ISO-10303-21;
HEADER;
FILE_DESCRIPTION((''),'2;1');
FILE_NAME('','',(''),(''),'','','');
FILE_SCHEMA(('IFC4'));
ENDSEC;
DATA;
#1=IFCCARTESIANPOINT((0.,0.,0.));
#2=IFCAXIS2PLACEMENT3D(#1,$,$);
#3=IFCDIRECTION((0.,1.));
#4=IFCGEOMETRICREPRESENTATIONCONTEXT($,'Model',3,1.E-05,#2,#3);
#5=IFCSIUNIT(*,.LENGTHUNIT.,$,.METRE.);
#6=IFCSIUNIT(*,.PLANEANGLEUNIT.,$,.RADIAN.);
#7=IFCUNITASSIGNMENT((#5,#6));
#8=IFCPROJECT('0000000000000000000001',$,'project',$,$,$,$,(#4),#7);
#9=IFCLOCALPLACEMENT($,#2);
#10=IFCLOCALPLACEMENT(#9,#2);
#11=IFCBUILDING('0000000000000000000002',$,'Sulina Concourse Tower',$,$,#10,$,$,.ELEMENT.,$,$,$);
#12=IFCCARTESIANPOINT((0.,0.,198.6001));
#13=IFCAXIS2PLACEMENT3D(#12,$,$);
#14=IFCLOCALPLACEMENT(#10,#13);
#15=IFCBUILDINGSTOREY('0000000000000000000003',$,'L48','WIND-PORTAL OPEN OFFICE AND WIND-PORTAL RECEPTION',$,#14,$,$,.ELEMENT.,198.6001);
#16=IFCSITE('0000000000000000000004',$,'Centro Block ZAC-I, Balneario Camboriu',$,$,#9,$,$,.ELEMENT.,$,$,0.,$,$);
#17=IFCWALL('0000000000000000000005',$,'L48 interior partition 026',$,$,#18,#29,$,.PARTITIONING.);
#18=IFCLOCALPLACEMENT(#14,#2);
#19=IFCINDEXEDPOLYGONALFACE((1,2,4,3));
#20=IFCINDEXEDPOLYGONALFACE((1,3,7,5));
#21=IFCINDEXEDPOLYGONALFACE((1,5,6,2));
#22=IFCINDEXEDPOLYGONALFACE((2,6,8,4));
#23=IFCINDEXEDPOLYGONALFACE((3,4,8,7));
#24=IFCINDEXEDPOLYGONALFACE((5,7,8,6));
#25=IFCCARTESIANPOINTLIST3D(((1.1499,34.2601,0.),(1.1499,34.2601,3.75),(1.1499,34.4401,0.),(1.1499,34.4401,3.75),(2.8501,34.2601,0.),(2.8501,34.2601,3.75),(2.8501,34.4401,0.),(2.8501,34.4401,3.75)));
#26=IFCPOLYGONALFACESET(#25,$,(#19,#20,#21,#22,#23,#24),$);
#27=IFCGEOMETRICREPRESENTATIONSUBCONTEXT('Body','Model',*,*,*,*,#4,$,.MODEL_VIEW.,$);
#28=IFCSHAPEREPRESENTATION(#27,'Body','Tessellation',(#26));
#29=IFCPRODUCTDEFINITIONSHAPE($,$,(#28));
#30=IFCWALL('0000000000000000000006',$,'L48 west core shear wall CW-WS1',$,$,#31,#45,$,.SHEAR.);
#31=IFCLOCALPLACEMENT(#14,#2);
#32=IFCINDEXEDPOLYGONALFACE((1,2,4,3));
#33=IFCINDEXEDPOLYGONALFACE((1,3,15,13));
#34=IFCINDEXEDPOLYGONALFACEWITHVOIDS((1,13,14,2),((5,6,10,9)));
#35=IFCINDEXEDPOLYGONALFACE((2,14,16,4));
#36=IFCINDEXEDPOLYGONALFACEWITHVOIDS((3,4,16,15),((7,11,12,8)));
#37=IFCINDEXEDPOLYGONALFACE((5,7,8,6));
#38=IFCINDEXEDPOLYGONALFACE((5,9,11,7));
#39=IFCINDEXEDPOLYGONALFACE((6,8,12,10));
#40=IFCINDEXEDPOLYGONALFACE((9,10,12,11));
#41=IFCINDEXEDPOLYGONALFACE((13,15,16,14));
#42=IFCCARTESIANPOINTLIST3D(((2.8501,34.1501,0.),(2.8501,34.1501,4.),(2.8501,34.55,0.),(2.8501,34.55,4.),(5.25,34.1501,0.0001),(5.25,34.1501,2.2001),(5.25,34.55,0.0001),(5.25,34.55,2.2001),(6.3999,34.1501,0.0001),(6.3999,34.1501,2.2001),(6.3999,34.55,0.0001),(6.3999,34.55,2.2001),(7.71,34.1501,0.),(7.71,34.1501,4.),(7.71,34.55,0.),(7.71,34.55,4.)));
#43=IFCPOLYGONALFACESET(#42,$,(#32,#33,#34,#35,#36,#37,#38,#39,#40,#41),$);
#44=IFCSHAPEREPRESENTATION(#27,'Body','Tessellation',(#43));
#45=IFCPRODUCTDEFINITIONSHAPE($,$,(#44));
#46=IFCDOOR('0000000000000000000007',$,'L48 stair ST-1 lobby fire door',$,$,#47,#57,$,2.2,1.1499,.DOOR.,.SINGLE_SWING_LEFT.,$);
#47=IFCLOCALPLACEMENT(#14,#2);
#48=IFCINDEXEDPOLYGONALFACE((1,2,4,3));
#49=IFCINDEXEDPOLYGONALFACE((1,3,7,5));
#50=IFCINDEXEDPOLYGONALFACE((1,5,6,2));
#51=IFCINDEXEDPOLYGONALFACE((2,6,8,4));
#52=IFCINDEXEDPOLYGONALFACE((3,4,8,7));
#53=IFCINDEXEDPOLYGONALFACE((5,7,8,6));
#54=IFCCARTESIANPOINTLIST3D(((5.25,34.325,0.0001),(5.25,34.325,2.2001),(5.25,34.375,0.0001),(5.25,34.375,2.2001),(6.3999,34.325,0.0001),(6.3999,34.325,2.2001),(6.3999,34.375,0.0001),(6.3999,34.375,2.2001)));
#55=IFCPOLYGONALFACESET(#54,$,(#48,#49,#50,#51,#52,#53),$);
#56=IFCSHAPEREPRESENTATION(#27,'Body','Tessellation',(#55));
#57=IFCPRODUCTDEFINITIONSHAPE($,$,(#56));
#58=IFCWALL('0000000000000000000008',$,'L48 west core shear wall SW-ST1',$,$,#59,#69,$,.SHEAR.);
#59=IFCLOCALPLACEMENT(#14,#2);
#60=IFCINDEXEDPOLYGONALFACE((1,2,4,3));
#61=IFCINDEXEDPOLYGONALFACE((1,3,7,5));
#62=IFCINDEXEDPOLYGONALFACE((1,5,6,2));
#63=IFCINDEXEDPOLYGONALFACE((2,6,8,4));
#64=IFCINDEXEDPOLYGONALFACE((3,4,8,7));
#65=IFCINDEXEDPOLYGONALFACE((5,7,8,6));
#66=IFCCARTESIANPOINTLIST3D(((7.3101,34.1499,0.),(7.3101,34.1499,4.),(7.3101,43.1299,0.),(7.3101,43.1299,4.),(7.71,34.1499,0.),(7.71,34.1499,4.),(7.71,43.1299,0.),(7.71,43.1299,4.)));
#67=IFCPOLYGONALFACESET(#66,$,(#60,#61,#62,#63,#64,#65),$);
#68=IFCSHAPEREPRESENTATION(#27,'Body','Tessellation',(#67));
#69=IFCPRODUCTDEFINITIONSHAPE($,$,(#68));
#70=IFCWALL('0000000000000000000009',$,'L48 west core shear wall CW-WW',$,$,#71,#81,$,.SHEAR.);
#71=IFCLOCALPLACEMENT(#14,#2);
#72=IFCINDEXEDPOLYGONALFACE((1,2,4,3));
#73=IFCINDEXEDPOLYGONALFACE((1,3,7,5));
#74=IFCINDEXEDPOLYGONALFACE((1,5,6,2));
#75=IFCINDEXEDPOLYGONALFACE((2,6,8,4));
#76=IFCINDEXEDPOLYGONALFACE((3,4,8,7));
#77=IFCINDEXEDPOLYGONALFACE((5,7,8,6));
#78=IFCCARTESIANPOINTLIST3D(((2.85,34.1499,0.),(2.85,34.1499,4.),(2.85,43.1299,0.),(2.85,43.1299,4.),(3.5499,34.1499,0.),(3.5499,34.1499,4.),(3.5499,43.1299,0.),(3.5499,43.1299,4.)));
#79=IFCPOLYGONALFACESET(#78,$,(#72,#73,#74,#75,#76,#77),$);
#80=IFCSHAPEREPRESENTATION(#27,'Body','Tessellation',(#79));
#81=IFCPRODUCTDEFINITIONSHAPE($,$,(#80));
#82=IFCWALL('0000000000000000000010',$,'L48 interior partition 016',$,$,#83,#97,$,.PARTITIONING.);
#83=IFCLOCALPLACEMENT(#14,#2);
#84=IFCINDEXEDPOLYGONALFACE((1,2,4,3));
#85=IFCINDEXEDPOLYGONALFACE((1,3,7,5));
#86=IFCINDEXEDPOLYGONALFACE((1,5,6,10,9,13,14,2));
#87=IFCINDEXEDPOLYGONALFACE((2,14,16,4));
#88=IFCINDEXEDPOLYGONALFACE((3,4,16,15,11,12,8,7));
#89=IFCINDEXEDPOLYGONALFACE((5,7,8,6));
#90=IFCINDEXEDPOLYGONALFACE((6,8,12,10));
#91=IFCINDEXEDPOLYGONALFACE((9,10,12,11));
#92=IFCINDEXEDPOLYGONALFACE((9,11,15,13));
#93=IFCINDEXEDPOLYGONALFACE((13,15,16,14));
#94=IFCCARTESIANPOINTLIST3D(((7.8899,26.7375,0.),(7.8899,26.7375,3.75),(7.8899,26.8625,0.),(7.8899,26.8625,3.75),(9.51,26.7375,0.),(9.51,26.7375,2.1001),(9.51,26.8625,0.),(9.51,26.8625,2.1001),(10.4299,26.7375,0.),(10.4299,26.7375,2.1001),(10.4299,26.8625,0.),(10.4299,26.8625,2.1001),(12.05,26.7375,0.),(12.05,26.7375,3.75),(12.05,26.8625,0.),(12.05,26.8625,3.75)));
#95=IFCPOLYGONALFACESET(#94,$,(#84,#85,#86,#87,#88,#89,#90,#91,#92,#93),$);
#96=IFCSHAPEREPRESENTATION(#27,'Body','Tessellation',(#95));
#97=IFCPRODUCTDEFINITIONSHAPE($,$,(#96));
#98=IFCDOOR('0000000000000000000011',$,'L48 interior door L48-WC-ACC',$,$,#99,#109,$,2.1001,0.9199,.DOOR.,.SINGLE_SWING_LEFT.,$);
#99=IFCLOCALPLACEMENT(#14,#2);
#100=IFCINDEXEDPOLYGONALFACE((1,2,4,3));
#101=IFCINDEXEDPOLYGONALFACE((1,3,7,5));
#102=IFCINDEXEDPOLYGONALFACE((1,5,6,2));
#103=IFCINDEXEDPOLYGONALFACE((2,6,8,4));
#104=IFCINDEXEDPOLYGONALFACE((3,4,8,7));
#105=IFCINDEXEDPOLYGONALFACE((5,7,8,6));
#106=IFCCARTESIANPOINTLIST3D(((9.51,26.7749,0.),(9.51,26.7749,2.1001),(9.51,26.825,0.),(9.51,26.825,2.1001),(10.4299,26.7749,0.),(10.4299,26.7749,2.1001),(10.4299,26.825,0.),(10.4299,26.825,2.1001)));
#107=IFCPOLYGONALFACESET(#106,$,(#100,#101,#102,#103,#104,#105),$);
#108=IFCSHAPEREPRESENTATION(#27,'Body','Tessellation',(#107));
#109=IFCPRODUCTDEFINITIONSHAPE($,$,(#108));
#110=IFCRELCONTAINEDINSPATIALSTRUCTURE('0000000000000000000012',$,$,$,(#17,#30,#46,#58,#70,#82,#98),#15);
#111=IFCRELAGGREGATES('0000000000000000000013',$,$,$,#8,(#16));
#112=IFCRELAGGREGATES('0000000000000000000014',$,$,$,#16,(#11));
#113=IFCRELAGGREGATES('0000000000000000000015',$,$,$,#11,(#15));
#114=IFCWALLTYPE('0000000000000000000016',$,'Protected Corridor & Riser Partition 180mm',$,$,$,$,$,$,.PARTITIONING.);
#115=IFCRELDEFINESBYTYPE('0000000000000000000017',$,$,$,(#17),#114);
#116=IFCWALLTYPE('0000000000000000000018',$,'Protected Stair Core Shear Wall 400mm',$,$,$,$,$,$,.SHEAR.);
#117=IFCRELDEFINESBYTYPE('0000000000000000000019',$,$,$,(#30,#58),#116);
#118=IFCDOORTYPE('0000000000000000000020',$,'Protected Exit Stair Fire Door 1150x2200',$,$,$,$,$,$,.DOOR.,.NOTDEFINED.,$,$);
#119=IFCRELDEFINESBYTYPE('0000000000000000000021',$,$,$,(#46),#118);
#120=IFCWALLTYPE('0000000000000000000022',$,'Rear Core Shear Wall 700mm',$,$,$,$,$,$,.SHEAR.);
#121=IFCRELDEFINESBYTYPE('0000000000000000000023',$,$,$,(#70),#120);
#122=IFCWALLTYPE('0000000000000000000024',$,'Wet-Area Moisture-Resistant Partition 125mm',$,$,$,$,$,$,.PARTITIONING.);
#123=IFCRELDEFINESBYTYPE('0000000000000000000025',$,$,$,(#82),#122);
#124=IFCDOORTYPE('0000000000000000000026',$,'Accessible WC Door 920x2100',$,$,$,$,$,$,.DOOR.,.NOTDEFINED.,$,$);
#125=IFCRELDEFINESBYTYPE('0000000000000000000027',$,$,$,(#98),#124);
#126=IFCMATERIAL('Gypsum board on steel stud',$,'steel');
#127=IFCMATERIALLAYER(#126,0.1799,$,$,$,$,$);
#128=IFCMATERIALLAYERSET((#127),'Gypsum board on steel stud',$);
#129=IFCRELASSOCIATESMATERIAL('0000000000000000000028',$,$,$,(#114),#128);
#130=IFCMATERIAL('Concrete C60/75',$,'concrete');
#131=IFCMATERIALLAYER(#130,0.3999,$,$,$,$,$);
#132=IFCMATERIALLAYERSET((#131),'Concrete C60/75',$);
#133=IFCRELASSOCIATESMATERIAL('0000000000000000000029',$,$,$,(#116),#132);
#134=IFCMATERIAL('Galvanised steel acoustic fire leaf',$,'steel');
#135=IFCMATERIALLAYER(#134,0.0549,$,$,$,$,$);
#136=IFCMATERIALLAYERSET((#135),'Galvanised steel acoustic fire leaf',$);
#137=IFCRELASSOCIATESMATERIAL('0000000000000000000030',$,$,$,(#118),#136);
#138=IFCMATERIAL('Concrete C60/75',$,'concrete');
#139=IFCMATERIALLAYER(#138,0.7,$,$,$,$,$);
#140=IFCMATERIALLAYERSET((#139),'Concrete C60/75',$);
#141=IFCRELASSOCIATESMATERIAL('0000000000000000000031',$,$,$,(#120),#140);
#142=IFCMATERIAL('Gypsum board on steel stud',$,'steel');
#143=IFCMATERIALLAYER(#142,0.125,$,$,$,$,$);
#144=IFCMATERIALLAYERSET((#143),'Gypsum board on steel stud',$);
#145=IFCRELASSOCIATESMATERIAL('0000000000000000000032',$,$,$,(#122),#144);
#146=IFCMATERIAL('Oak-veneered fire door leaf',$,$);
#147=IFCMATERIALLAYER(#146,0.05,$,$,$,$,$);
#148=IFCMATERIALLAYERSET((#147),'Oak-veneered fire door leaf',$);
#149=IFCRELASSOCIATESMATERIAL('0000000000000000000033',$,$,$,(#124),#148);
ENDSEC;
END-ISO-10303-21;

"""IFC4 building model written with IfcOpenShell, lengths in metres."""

from ifc_helpers import new_model, si_unit, direction, frame, frame_2d, origin, place, context, subcontext, project, spatial, rectangle, extrude, material, layer, layer_set, type_object, element, fill, save


model = new_model("IFC4")

# Units and contexts
model_context = context("Model", 3, precision=1e-05, world=origin(), true_north=direction((0.0, 1.0)))
body_context = subcontext(model_context, "Body", "Model", "MODEL_VIEW")
ifc_project = project(units=[si_unit("LENGTHUNIT", "METRE"), si_unit("PLANEANGLEUNIT", "RADIAN")], contexts=[model_context])

# Site, building, storey
site_placement = place(None, origin())
site = spatial("IfcSite", under=ifc_project, at=site_placement, Name="Centro Block ZAC-I, Balneario Camboriu", CompositionType="ELEMENT", RefElevation=0.0)
building_placement = place(site_placement, origin())
building = spatial("IfcBuilding", under=site, at=building_placement, Name="Sulina Concourse Tower", CompositionType="ELEMENT")
storey_placement = place(building_placement, frame((0.0, 0.0, 198.6001)))
storey = spatial("IfcBuildingStorey", under=building, at=storey_placement, Name="L48", Description="WIND-PORTAL OPEN OFFICE AND WIND-PORTAL RECEPTION", CompositionType="ELEMENT", Elevation=198.6001)

# Wall
ifc_material_1 = material(Name="Gypsum board on steel stud", Category="steel")
ifc_layer_1 = layer(ifc_material_1, 0.1799)
ifc_layer_set_1 = layer_set([ifc_layer_1], Name="Gypsum board on steel stud")
wall_type_1 = type_object("IfcWallType", Name="Protected Corridor & Riser Partition 180mm", PredefinedType="PARTITIONING", material=ifc_layer_set_1)
wall_1_placement = place(storey_placement, frame((1.1499, 34.3501, 0.0), z_axis=(0.0, 0.0, 1.0), x_axis=(1.0, 0.0, 0.0)))
element("IfcWall", 1, at=wall_1_placement, inside=storey, type_object=wall_type_1, Name="L48 interior partition 026", PredefinedType="PARTITIONING", context=body_context, shape_type="SweptSolid", body=[
    extrude(rectangle(XDim=1.7002, YDim=0.1799, at=frame_2d((0.8501, 0.0))), origin(), (0.0, 0.0, 1.0), 3.75),
])

# Wall, opening, door
ifc_material_2 = material(Name="Concrete C60/75", Category="concrete")
ifc_layer_2 = layer(ifc_material_2, 0.3999)
ifc_layer_set_2 = layer_set([ifc_layer_2], Name="Concrete C60/75")
wall_type_2 = type_object("IfcWallType", Name="Protected Stair Core Shear Wall 400mm", PredefinedType="SHEAR", material=ifc_layer_set_2)
wall_2_placement = place(storey_placement, frame((2.8501, 34.3501, 0.0), z_axis=(0.0, 0.0, 1.0), x_axis=(1.0, 0.0, 0.0)))
wall_2 = element("IfcWall", 2, at=wall_2_placement, inside=storey, type_object=wall_type_2, Name="L48 west core shear wall CW-WS1", PredefinedType="SHEAR", context=body_context, shape_type="SweptSolid", body=[
    extrude(rectangle(XDim=4.8599, YDim=0.3999, at=frame_2d((2.4299, 0.0))), origin(), (0.0, 0.0, 1.0), 4.0),
])
opening_1_placement = place(wall_2_placement, frame((2.3999, 0.0, 0.0)))
opening_1 = element("IfcOpeningElement", 3, at=opening_1_placement, cuts=wall_2, PredefinedType="OPENING", context=body_context, shape_type="SweptSolid", body=[
    extrude(rectangle(XDim=1.1499, YDim=2.2, at=frame_2d((0.575, 1.1001))), frame((0.0, 0.21, 0.0), z_axis=(0.0, -1.0, 0.0), x_axis=(1.0, 0.0, 0.0)), (0.0, 0.0, 1.0), 0.4199),
])
ifc_material_3 = material(Name="Galvanised steel acoustic fire leaf", Category="steel")
ifc_layer_3 = layer(ifc_material_3, 0.0549)
ifc_layer_set_3 = layer_set([ifc_layer_3], Name="Galvanised steel acoustic fire leaf")
door_type_1 = type_object("IfcDoorType", Name="Protected Exit Stair Fire Door 1150x2200", OperationType="NOTDEFINED", PredefinedType="DOOR", material=ifc_layer_set_3)
door_1_placement = place(opening_1_placement, origin())
door_1 = element("IfcDoor", 4, at=door_1_placement, inside=storey, type_object=door_type_1, Name="L48 stair ST-1 lobby fire door", OperationType="SINGLE_SWING_LEFT", OverallHeight=2.2, OverallWidth=1.1499, PredefinedType="DOOR", context=body_context, shape_type="SweptSolid", body=[
    extrude(rectangle(XDim=1.1499, YDim=2.2, at=frame_2d((0.575, 1.1001))), frame((0.0, 0.0249, 0.0), z_axis=(0.0, -1.0, 0.0), x_axis=(1.0, 0.0, 0.0)), (0.0, 0.0, 1.0), 0.05),
])
fill(opening_1, door_1)

# Walls
wall_3_placement = place(storey_placement, frame((7.51, 34.1499, 0.0), z_axis=(0.0, 0.0, 1.0), x_axis=(0.0, 1.0, 0.0)))
element("IfcWall", 5, at=wall_3_placement, inside=storey, type_object=wall_type_2, Name="L48 west core shear wall SW-ST1", PredefinedType="SHEAR", context=body_context, shape_type="SweptSolid", body=[
    extrude(rectangle(XDim=8.98, YDim=0.3999, at=frame_2d((4.49, 0.0))), origin(), (0.0, 0.0, 1.0), 4.0),
])
ifc_material_4 = material(Name="Concrete C60/75", Category="concrete")
ifc_layer_4 = layer(ifc_material_4, 0.7)
ifc_layer_set_4 = layer_set([ifc_layer_4], Name="Concrete C60/75")
wall_type_3 = type_object("IfcWallType", Name="Rear Core Shear Wall 700mm", PredefinedType="SHEAR", material=ifc_layer_set_4)
wall_4_placement = place(storey_placement, frame((3.2, 34.1499, 0.0), z_axis=(0.0, 0.0, 1.0), x_axis=(0.0, 1.0, 0.0)))
element("IfcWall", 6, at=wall_4_placement, inside=storey, type_object=wall_type_3, Name="L48 west core shear wall CW-WW", PredefinedType="SHEAR", context=body_context, shape_type="SweptSolid", body=[
    extrude(rectangle(XDim=8.98, YDim=0.7, at=frame_2d((4.49, 0.0))), origin(), (0.0, 0.0, 1.0), 4.0),
])

# Wall, opening, door
ifc_material_5 = material(Name="Gypsum board on steel stud", Category="steel")
ifc_layer_5 = layer(ifc_material_5, 0.125)
ifc_layer_set_5 = layer_set([ifc_layer_5], Name="Gypsum board on steel stud")
wall_type_4 = type_object("IfcWallType", Name="Wet-Area Moisture-Resistant Partition 125mm", PredefinedType="PARTITIONING", material=ifc_layer_set_5)
wall_5_placement = place(storey_placement, frame((7.8899, 26.8, 0.0), z_axis=(0.0, 0.0, 1.0), x_axis=(1.0, 0.0, 0.0)))
wall_5 = element("IfcWall", 7, at=wall_5_placement, inside=storey, type_object=wall_type_4, Name="L48 interior partition 016", PredefinedType="PARTITIONING", context=body_context, shape_type="SweptSolid", body=[
    extrude(rectangle(XDim=4.1602, YDim=0.125, at=frame_2d((2.0801, 0.0))), origin(), (0.0, 0.0, 1.0), 3.75),
])
opening_2_placement = place(wall_5_placement, frame((1.6201, 0.0, 0.0)))
opening_2 = element("IfcOpeningElement", 8, at=opening_2_placement, cuts=wall_5, PredefinedType="OPENING", context=body_context, shape_type="SweptSolid", body=[
    extrude(rectangle(XDim=0.9199, YDim=2.1001, at=frame_2d((0.46, 1.05))), frame((0.0, 0.0725, 0.0), z_axis=(0.0, -1.0, 0.0), x_axis=(1.0, 0.0, 0.0)), (0.0, 0.0, 1.0), 0.145),
])
ifc_material_6 = material(Name="Oak-veneered fire door leaf")
ifc_layer_6 = layer(ifc_material_6, 0.05)
ifc_layer_set_6 = layer_set([ifc_layer_6], Name="Oak-veneered fire door leaf")
door_type_2 = type_object("IfcDoorType", Name="Accessible WC Door 920x2100", OperationType="NOTDEFINED", PredefinedType="DOOR", material=ifc_layer_set_6)
door_2_placement = place(opening_2_placement, origin())
door_2 = element("IfcDoor", 9, at=door_2_placement, inside=storey, type_object=door_type_2, Name="L48 interior door L48-WC-ACC", OperationType="SINGLE_SWING_LEFT", OverallHeight=2.1001, OverallWidth=0.9199, PredefinedType="DOOR", context=body_context, shape_type="SweptSolid", body=[
    extrude(rectangle(XDim=0.9199, YDim=2.1001, at=frame_2d((0.46, 1.05))), frame((0.0, 0.0249, 0.0), z_axis=(0.0, -1.0, 0.0), x_axis=(1.0, 0.0, 0.0)), (0.0, 0.0, 1.0), 0.05),
])
fill(opening_2, door_2)

save(model, "model.ifc")
